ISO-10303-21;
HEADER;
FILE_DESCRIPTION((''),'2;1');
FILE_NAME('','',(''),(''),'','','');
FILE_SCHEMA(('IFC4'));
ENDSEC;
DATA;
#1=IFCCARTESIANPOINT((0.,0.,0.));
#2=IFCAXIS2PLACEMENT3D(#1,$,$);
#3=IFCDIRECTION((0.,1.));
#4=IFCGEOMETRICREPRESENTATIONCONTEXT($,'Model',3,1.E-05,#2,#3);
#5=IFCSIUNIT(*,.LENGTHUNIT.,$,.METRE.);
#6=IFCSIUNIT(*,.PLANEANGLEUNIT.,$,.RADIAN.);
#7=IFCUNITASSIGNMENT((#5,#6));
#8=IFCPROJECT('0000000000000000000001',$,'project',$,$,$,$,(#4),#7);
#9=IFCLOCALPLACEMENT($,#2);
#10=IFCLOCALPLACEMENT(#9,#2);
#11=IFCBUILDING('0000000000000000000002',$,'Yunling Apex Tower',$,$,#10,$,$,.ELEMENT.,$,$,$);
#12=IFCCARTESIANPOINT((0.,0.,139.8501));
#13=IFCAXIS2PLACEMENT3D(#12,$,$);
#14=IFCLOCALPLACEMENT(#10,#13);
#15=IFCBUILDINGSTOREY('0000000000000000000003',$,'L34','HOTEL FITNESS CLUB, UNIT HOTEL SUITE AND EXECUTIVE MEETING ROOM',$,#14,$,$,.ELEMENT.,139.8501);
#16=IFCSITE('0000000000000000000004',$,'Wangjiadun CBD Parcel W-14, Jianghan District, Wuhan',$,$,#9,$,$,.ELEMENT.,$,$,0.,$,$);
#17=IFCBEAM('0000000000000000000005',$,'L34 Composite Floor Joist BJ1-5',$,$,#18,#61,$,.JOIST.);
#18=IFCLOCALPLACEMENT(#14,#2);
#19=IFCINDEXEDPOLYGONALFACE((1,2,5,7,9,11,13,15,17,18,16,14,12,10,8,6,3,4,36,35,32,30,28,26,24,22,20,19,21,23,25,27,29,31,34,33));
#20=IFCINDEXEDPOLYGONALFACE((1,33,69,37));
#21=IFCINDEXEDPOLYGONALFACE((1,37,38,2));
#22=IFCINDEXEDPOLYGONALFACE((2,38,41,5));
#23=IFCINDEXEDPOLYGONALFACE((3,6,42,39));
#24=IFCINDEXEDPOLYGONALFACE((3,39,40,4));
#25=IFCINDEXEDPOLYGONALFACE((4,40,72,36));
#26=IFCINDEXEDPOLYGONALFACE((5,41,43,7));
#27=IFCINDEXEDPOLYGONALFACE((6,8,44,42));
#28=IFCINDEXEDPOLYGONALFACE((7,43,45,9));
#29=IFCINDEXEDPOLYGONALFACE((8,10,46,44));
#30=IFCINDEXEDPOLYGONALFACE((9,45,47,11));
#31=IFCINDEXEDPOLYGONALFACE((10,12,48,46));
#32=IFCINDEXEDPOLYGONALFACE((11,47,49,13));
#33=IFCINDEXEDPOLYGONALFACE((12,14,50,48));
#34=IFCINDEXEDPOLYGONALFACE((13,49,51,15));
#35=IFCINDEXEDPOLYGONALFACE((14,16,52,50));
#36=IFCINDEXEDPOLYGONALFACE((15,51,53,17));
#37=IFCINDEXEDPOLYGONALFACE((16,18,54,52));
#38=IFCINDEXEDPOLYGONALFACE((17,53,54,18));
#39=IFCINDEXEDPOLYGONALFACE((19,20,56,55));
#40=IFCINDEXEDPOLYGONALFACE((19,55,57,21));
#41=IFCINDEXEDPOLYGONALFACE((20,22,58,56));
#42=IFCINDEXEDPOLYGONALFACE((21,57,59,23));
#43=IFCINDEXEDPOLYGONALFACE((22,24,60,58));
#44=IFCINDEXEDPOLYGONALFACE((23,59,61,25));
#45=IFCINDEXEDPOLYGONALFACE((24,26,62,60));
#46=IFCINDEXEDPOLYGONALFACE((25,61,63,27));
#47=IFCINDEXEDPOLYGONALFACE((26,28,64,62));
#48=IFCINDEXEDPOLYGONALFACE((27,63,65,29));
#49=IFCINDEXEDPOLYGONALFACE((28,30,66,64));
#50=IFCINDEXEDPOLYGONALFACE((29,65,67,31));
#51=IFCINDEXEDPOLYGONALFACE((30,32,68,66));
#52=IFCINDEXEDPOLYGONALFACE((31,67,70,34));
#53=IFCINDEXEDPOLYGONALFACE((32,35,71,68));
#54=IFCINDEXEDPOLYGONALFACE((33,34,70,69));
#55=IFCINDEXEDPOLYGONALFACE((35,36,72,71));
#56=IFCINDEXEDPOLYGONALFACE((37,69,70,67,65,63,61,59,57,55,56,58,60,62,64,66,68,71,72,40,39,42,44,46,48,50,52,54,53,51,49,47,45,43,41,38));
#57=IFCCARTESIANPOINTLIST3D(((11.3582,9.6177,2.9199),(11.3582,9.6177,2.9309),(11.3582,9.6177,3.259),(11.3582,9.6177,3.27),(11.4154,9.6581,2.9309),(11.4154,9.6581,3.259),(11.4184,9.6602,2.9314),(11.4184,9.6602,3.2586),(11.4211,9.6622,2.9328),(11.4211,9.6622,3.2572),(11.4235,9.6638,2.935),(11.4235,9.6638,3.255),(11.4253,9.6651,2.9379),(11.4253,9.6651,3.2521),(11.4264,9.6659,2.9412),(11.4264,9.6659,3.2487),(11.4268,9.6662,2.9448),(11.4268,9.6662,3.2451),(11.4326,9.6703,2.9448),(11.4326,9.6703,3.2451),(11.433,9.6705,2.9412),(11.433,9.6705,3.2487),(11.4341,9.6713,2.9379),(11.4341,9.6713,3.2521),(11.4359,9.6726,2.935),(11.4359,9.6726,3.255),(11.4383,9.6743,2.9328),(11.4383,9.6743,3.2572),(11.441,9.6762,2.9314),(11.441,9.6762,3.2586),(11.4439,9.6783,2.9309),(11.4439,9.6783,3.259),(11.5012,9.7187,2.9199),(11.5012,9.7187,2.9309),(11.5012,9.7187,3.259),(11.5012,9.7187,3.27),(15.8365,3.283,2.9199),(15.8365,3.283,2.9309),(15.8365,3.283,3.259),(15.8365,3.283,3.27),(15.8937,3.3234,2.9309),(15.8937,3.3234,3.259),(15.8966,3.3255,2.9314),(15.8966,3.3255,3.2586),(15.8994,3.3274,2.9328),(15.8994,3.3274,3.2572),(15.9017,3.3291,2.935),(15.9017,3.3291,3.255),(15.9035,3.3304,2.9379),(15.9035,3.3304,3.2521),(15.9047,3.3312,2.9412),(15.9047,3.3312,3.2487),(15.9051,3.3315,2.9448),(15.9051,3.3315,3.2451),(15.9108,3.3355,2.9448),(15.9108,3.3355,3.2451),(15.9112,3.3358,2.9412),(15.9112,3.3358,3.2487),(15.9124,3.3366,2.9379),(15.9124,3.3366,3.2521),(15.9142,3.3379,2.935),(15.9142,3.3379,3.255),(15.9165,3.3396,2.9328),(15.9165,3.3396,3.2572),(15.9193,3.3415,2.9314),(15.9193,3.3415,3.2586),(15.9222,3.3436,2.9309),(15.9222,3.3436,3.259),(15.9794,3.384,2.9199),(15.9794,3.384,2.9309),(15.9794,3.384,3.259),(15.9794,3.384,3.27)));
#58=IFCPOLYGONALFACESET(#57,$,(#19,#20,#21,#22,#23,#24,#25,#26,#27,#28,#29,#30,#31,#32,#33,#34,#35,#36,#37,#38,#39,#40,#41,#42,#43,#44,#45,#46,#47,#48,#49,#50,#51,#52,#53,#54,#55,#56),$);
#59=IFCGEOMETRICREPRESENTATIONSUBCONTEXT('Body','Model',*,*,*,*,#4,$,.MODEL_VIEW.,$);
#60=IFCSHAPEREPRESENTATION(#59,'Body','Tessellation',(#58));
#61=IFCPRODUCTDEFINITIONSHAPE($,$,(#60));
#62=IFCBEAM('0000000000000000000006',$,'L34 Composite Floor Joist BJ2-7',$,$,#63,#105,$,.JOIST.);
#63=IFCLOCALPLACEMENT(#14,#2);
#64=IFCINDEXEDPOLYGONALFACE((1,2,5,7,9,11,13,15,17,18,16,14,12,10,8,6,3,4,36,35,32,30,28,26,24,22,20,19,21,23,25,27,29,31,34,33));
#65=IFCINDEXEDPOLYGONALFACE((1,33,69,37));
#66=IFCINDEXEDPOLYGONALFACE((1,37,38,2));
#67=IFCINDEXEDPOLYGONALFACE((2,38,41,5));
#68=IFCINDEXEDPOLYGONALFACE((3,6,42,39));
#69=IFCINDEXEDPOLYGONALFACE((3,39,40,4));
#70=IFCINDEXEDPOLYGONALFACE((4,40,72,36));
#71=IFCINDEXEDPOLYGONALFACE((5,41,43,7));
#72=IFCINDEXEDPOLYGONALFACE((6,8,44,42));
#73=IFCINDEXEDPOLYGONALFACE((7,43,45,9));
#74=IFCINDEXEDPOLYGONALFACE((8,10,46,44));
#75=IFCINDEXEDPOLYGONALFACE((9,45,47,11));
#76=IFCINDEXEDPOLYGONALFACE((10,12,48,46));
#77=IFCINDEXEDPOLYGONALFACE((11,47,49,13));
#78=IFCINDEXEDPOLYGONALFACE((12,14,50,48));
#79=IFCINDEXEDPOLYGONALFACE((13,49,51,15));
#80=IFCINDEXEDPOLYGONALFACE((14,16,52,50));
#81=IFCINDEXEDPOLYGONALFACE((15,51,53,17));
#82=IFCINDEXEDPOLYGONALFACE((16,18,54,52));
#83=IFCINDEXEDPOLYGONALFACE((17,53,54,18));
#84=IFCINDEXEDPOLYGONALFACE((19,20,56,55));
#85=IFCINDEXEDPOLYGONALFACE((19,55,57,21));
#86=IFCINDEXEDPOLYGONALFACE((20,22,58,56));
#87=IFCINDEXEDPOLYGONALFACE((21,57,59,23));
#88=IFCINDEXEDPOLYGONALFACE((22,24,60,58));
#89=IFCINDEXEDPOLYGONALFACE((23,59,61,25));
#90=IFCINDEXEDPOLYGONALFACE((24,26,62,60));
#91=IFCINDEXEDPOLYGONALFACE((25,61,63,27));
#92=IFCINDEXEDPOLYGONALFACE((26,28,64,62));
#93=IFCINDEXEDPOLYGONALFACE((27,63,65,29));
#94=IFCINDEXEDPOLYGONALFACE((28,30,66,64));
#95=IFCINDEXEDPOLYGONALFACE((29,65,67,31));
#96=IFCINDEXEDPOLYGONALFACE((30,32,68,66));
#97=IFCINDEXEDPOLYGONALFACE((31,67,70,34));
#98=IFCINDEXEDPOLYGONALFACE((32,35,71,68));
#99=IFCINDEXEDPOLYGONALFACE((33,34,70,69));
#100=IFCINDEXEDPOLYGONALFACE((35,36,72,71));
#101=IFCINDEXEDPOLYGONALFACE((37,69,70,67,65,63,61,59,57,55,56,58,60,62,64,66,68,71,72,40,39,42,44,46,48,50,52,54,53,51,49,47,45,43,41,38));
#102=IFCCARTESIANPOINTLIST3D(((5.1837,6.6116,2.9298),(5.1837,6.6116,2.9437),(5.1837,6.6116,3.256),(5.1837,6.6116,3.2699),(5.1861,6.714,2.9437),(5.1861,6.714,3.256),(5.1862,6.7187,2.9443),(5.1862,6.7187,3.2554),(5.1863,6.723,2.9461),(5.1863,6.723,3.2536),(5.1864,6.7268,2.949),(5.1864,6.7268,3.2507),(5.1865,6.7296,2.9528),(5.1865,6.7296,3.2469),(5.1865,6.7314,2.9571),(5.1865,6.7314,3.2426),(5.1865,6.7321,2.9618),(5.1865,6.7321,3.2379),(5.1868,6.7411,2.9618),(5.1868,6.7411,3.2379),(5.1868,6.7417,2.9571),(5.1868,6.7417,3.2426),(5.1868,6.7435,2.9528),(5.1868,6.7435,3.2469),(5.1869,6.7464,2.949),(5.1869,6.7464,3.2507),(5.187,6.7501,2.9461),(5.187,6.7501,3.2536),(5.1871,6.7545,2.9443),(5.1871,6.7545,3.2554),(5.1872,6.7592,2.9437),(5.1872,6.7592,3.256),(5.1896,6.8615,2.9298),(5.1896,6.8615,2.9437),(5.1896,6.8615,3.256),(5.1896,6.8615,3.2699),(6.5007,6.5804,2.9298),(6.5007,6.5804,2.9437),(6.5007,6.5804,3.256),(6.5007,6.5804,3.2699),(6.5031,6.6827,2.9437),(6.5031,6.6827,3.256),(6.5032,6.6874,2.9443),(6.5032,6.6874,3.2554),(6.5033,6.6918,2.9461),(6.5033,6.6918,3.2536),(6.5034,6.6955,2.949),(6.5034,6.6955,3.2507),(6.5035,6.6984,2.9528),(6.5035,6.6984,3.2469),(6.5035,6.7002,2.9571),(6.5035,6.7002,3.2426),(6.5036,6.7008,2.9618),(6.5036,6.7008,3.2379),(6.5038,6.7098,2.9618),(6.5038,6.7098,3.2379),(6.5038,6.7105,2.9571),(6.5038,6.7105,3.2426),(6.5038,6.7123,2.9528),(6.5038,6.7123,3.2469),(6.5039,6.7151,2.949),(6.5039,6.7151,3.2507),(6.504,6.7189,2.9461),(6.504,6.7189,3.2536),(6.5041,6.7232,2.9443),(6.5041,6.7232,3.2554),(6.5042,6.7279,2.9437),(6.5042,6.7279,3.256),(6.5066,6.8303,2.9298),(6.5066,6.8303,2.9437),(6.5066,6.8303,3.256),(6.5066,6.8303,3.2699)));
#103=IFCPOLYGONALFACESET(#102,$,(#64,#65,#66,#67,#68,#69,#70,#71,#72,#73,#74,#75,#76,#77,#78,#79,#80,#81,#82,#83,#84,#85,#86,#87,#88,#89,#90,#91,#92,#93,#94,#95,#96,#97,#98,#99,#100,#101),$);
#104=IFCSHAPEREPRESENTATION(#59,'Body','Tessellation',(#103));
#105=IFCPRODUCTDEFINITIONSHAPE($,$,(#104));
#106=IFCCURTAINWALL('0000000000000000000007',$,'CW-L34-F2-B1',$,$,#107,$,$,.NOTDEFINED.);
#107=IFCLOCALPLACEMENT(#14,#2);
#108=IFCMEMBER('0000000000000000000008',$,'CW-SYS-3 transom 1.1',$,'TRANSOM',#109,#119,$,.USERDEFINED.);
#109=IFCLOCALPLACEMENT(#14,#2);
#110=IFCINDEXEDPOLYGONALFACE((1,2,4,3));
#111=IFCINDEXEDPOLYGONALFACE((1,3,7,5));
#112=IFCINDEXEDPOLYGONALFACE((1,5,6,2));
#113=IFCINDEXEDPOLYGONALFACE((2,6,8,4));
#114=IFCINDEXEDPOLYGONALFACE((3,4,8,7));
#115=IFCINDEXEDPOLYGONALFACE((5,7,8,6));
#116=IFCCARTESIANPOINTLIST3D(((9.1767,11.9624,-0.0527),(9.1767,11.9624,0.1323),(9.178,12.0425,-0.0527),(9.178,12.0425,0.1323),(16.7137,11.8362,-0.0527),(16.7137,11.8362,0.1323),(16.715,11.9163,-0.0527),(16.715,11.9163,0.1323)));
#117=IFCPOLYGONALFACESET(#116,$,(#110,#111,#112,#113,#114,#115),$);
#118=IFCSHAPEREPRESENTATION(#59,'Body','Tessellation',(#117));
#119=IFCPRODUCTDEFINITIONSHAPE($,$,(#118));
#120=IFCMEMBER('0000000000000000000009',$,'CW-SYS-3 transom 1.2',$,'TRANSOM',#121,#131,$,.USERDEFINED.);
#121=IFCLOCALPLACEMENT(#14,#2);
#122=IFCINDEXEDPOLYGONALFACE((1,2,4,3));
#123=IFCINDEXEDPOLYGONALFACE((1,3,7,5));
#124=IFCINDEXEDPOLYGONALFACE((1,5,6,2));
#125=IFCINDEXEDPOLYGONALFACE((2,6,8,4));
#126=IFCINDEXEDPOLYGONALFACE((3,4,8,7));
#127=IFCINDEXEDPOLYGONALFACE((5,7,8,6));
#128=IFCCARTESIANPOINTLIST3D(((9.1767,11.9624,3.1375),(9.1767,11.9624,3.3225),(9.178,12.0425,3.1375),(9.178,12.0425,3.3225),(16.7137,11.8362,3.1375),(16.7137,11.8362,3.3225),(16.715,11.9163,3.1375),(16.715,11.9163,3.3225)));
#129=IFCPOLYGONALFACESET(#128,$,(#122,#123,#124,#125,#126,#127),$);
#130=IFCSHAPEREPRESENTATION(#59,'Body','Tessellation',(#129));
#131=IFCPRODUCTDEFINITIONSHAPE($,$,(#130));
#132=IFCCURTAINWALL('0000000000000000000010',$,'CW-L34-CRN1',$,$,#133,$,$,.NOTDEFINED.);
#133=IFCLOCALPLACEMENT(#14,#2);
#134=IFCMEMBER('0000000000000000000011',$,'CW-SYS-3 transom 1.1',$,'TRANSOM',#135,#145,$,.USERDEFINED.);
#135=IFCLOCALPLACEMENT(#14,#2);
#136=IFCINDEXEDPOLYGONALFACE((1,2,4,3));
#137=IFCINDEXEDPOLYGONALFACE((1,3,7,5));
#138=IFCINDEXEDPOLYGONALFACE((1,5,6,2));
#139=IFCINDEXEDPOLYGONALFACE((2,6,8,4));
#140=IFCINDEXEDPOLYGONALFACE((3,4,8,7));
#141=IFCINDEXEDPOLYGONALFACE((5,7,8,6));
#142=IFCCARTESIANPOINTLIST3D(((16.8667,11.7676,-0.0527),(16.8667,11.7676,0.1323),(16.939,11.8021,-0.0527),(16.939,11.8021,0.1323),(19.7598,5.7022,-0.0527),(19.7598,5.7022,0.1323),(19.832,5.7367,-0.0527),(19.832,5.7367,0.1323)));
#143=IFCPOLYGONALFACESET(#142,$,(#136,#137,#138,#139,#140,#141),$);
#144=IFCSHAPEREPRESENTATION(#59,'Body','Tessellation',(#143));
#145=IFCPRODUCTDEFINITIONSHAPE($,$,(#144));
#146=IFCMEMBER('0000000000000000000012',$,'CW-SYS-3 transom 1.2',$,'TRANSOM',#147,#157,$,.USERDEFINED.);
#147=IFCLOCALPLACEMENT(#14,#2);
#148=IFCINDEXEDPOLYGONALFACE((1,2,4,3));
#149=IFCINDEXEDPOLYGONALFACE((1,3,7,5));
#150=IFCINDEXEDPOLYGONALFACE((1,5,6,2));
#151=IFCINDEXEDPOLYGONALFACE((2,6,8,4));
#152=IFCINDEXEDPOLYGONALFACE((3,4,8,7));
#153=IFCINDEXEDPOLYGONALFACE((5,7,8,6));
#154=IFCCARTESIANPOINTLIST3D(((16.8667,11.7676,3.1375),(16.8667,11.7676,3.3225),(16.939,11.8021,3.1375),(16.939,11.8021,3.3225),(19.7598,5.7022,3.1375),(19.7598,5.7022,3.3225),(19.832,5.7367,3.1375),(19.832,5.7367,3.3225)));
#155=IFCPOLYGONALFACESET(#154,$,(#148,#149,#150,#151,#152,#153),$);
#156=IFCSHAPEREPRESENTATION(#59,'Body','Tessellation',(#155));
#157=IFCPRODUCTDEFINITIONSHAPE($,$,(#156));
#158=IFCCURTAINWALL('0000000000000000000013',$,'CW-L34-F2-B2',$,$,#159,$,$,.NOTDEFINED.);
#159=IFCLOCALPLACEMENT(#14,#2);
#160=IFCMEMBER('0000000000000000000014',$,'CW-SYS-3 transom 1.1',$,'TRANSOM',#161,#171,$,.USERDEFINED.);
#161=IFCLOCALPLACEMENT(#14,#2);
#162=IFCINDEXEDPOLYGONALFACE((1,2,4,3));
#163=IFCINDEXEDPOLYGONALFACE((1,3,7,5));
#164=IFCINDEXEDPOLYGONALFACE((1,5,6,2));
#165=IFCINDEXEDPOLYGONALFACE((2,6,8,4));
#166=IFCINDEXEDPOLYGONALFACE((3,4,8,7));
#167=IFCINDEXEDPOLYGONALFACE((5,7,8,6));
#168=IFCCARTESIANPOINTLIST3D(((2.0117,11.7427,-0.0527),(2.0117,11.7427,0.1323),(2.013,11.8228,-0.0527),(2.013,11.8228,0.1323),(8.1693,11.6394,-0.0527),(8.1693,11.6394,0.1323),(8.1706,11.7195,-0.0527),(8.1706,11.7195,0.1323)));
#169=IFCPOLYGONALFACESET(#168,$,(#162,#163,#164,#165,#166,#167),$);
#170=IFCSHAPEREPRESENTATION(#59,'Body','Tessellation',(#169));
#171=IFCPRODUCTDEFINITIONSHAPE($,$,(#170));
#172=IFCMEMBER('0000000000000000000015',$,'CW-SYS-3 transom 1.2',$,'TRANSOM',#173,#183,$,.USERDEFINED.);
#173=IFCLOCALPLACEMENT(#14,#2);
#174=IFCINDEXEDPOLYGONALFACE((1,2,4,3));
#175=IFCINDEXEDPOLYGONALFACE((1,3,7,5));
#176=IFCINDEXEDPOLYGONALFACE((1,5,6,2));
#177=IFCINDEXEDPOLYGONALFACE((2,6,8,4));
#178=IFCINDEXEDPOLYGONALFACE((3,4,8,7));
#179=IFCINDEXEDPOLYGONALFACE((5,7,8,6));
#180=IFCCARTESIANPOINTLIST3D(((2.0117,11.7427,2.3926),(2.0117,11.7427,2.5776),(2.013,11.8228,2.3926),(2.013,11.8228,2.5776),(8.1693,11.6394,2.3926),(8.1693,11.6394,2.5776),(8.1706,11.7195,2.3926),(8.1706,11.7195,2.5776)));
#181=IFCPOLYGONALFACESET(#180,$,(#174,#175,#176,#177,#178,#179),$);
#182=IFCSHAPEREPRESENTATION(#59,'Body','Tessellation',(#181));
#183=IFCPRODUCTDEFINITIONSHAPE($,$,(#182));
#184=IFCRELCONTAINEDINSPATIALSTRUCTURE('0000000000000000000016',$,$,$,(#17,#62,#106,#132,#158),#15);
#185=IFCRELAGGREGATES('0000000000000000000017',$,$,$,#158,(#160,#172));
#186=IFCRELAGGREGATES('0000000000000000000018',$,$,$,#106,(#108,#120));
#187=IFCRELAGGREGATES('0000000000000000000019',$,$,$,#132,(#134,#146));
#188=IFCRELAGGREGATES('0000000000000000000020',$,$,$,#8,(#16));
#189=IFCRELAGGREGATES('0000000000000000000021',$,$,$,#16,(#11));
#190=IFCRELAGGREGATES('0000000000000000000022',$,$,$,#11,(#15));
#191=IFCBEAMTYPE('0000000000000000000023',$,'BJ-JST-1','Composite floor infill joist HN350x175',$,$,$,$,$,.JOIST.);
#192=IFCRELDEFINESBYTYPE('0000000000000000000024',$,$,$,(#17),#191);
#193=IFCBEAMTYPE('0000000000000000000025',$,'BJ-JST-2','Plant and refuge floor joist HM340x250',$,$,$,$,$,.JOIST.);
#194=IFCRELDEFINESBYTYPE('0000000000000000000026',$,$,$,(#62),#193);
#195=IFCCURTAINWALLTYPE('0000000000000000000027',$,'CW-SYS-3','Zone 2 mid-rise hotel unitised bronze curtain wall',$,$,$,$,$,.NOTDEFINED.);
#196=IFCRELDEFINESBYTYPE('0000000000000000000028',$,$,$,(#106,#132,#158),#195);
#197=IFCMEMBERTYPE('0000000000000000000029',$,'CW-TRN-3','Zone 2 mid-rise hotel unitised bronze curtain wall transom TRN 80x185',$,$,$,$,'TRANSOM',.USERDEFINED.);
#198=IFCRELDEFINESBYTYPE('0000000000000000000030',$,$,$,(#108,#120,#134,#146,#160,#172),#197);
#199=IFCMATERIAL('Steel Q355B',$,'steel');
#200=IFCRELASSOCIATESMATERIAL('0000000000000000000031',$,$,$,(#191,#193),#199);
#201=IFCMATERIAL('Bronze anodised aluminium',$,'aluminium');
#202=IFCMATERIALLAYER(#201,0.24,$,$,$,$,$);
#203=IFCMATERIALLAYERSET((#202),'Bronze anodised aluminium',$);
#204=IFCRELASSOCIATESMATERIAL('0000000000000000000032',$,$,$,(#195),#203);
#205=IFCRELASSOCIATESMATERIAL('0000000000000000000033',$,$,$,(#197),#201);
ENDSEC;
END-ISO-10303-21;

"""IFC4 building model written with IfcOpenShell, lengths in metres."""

from ifc_helpers import new_model, si_unit, direction, frame, origin, origin_2d, place, context, subcontext, project, spatial, rectangle, i_section, extrude, source, transform, mapped, material, layer, layer_set, material_profile, profile_set, type_object, element, aggregate, save


model = new_model("IFC4")

# Units and contexts
model_context = context("Model", 3, precision=1e-05, world=origin(), true_north=direction((0.0, 1.0)))
body_context = subcontext(model_context, "Body", "Model", "MODEL_VIEW")
ifc_project = project(units=[si_unit("LENGTHUNIT", "METRE"), si_unit("PLANEANGLEUNIT", "RADIAN")], contexts=[model_context])

# Site, building, storey
site_placement = place(None, origin())
site = spatial("IfcSite", under=ifc_project, at=site_placement, Name="Wangjiadun CBD Parcel W-14, Jianghan District, Wuhan", CompositionType="ELEMENT", RefElevation=0.0)
building_placement = place(site_placement, origin())
building = spatial("IfcBuilding", under=site, at=building_placement, Name="Yunling Apex Tower", CompositionType="ELEMENT")
storey_placement = place(building_placement, frame((0.0, 0.0, 139.8501)))
storey = spatial("IfcBuildingStorey", under=building, at=storey_placement, Name="L34", Description="HOTEL FITNESS CLUB, UNIT HOTEL SUITE AND EXECUTIVE MEETING ROOM", CompositionType="ELEMENT", Elevation=139.8501)

# Beams
ifc_material_1 = material(Name="Steel Q355B", Category="steel")
ifc_material_profile_1 = material_profile(ifc_material_1, i_section(OverallWidth=0.175, OverallDepth=0.3501, WebThickness=0.0071, FlangeThickness=0.011, FilletRadius=0.0139, at=origin_2d()))
ifc_profile_set_1 = profile_set([ifc_material_profile_1], Name="Steel Q355B")
beam_type_1 = type_object("IfcBeamType", Name="BJ-JST-1", Description="Composite floor infill joist HN350x175", PredefinedType="JOIST", material=ifc_profile_set_1)
shared_shape_1 = source(origin(), body_context, "Body", "SweptSolid", [
    extrude(i_section(OverallWidth=0.175, OverallDepth=0.3501, WebThickness=0.0071, FlangeThickness=0.011, FilletRadius=0.0139, at=origin_2d()), origin(), (0.0, 0.0, 1.0), 7.7578),
])
beam_1_placement = place(storey_placement, frame((15.908, 3.3335, 3.095), z_axis=(-0.57726, 0.81656, 0.0), x_axis=(-0.81656, -0.57726, 0.0)))
element("IfcBeam", 1, at=beam_1_placement, inside=storey, type_object=beam_type_1, Name="L34 Composite Floor Joist BJ1-5", PredefinedType="JOIST", context=body_context, shape_type="MappedRepresentation", body=[
    mapped(shared_shape_1, transform((0.0, 0.0, 0.0), scale=1.0)),
])
ifc_material_profile_2 = material_profile(ifc_material_1, i_section(OverallWidth=0.25, OverallDepth=0.3401, WebThickness=0.009, FlangeThickness=0.0139, FilletRadius=0.0181, at=origin_2d()))
ifc_profile_set_2 = profile_set([ifc_material_profile_2], Name="Steel Q355B")
beam_type_2 = type_object("IfcBeamType", Name="BJ-JST-2", Description="Plant and refuge floor joist HM340x250", PredefinedType="JOIST", material=ifc_profile_set_2)
shared_shape_2 = source(origin(), body_context, "Body", "SweptSolid", [
    extrude(i_section(OverallWidth=0.25, OverallDepth=0.3401, WebThickness=0.009, FlangeThickness=0.0139, FilletRadius=0.0181, at=origin_2d()), origin(), (0.0, 0.0, 1.0), 1.3174),
])
beam_2_placement = place(storey_placement, frame((6.5037, 6.7053, 3.0999), z_axis=(-0.999719, 0.023723, 0.0), x_axis=(-0.023723, -0.999719, 0.0)))
element("IfcBeam", 2, at=beam_2_placement, inside=storey, type_object=beam_type_2, Name="L34 Composite Floor Joist BJ2-7", PredefinedType="JOIST", context=body_context, shape_type="MappedRepresentation", body=[
    mapped(shared_shape_2, transform((0.0, 0.0, 0.0), scale=1.0)),
])

# Curtain walls, members
ifc_material_2 = material(Name="Bronze anodised aluminium", Category="aluminium")
ifc_layer_1 = layer(ifc_material_2, 0.24)
ifc_layer_set_1 = layer_set([ifc_layer_1], Name="Bronze anodised aluminium")
curtain_wall_type = type_object("IfcCurtainWallType", Name="CW-SYS-3", Description="Zone 2 mid-rise hotel unitised bronze curtain wall", PredefinedType="NOTDEFINED", material=ifc_layer_set_1)
curtain_wall_1_placement = place(storey_placement, origin())
curtain_wall_1 = element("IfcCurtainWall", 3, at=curtain_wall_1_placement, inside=storey, type_object=curtain_wall_type, Name="CW-L34-F2-B1", PredefinedType="NOTDEFINED")
ifc_material_profile_3 = material_profile(ifc_material_2, rectangle(XDim=0.0801, YDim=0.1851, at=origin_2d()))
ifc_profile_set_3 = profile_set([ifc_material_profile_3], Name="Bronze anodised aluminium")
member_type_1 = type_object("IfcMemberType", Name="CW-TRN-3", Description="Zone 2 mid-rise hotel unitised bronze curtain wall transom TRN 80x185", ElementType="TRANSOM", PredefinedType="USERDEFINED", material=ifc_profile_set_3)
shared_shape_3 = source(origin(), body_context, "Body", "SweptSolid", [
    extrude(rectangle(XDim=0.0801, YDim=0.1851, at=origin_2d()), origin(), (0.0, 0.0, 1.0), 7.5381),
])
member_1_placement = place(storey_placement, frame((16.7144, 11.8762, 0.0398), z_axis=(-0.99986, 0.016744, 0.0), x_axis=(-0.016744, -0.99986, 0.0)))
member_1 = element("IfcMember", 4, at=member_1_placement, type_object=member_type_1, Name="CW-SYS-3 transom 1.1", ObjectType="TRANSOM", PredefinedType="USERDEFINED", context=body_context, shape_type="MappedRepresentation", body=[
    mapped(shared_shape_3, transform((0.0, 0.0, 0.0), scale=1.0)),
])
member_2_placement = place(storey_placement, frame((16.7144, 11.8762, 3.23), z_axis=(-0.99986, 0.016744, 0.0), x_axis=(-0.016744, -0.99986, 0.0)))
member_2 = element("IfcMember", 5, at=member_2_placement, type_object=member_type_1, Name="CW-SYS-3 transom 1.2", ObjectType="TRANSOM", PredefinedType="USERDEFINED", context=body_context, shape_type="MappedRepresentation", body=[
    mapped(shared_shape_3, transform((0.0, 0.0, 0.0), scale=1.0)),
])
curtain_wall_2_placement = place(storey_placement, origin())
curtain_wall_2 = element("IfcCurtainWall", 6, at=curtain_wall_2_placement, inside=storey, type_object=curtain_wall_type, Name="CW-L34-CRN1", PredefinedType="NOTDEFINED")
shared_shape_4 = source(origin(), body_context, "Body", "SweptSolid", [
    extrude(rectangle(XDim=0.0801, YDim=0.1851, at=origin_2d()), origin(), (0.0, 0.0, 1.0), 6.72),
])
member_3_placement = place(storey_placement, frame((19.7959, 5.7195, 0.0398), z_axis=(-0.430512, 0.902585, 0.0), x_axis=(-0.902585, -0.430512, 0.0)))
member_3 = element("IfcMember", 7, at=member_3_placement, type_object=member_type_1, Name="CW-SYS-3 transom 1.1", ObjectType="TRANSOM", PredefinedType="USERDEFINED", context=body_context, shape_type="MappedRepresentation", body=[
    mapped(shared_shape_4, transform((0.0, 0.0, 0.0), scale=1.0)),
])
member_4_placement = place(storey_placement, frame((19.7959, 5.7195, 3.23), z_axis=(-0.430512, 0.902585, 0.0), x_axis=(-0.902585, -0.430512, 0.0)))
member_4 = element("IfcMember", 8, at=member_4_placement, type_object=member_type_1, Name="CW-SYS-3 transom 1.2", ObjectType="TRANSOM", PredefinedType="USERDEFINED", context=body_context, shape_type="MappedRepresentation", body=[
    mapped(shared_shape_4, transform((0.0, 0.0, 0.0), scale=1.0)),
])
curtain_wall_3_placement = place(storey_placement, origin())
curtain_wall_3 = element("IfcCurtainWall", 9, at=curtain_wall_3_placement, inside=storey, type_object=curtain_wall_type, Name="CW-L34-F2-B2", PredefinedType="NOTDEFINED")
shared_shape_5 = source(origin(), body_context, "Body", "SweptSolid", [
    extrude(rectangle(XDim=0.0801, YDim=0.1851, at=origin_2d()), origin(), (0.0, 0.0, 1.0), 6.1584),
])
member_5_placement = place(storey_placement, frame((8.1699, 11.6794, 0.0398), z_axis=(-0.999859, 0.016769, 0.0), x_axis=(-0.016769, -0.999859, 0.0)))
member_5 = element("IfcMember", 10, at=member_5_placement, type_object=member_type_1, Name="CW-SYS-3 transom 1.1", ObjectType="TRANSOM", PredefinedType="USERDEFINED", context=body_context, shape_type="MappedRepresentation", body=[
    mapped(shared_shape_5, transform((0.0, 0.0, 0.0), scale=1.0)),
])
member_6_placement = place(storey_placement, frame((8.1699, 11.6794, 2.4851), z_axis=(-0.999859, 0.016769, 0.0), x_axis=(-0.016769, -0.999859, 0.0)))
member_6 = element("IfcMember", 11, at=member_6_placement, type_object=member_type_1, Name="CW-SYS-3 transom 1.2", ObjectType="TRANSOM", PredefinedType="USERDEFINED", context=body_context, shape_type="MappedRepresentation", body=[
    mapped(shared_shape_5, transform((0.0, 0.0, 0.0), scale=1.0)),
])

aggregate(curtain_wall_3, [member_5, member_6])

aggregate(curtain_wall_1, [member_1, member_2])
aggregate(curtain_wall_2, [member_3, member_4])

save(model, "model.ifc")
